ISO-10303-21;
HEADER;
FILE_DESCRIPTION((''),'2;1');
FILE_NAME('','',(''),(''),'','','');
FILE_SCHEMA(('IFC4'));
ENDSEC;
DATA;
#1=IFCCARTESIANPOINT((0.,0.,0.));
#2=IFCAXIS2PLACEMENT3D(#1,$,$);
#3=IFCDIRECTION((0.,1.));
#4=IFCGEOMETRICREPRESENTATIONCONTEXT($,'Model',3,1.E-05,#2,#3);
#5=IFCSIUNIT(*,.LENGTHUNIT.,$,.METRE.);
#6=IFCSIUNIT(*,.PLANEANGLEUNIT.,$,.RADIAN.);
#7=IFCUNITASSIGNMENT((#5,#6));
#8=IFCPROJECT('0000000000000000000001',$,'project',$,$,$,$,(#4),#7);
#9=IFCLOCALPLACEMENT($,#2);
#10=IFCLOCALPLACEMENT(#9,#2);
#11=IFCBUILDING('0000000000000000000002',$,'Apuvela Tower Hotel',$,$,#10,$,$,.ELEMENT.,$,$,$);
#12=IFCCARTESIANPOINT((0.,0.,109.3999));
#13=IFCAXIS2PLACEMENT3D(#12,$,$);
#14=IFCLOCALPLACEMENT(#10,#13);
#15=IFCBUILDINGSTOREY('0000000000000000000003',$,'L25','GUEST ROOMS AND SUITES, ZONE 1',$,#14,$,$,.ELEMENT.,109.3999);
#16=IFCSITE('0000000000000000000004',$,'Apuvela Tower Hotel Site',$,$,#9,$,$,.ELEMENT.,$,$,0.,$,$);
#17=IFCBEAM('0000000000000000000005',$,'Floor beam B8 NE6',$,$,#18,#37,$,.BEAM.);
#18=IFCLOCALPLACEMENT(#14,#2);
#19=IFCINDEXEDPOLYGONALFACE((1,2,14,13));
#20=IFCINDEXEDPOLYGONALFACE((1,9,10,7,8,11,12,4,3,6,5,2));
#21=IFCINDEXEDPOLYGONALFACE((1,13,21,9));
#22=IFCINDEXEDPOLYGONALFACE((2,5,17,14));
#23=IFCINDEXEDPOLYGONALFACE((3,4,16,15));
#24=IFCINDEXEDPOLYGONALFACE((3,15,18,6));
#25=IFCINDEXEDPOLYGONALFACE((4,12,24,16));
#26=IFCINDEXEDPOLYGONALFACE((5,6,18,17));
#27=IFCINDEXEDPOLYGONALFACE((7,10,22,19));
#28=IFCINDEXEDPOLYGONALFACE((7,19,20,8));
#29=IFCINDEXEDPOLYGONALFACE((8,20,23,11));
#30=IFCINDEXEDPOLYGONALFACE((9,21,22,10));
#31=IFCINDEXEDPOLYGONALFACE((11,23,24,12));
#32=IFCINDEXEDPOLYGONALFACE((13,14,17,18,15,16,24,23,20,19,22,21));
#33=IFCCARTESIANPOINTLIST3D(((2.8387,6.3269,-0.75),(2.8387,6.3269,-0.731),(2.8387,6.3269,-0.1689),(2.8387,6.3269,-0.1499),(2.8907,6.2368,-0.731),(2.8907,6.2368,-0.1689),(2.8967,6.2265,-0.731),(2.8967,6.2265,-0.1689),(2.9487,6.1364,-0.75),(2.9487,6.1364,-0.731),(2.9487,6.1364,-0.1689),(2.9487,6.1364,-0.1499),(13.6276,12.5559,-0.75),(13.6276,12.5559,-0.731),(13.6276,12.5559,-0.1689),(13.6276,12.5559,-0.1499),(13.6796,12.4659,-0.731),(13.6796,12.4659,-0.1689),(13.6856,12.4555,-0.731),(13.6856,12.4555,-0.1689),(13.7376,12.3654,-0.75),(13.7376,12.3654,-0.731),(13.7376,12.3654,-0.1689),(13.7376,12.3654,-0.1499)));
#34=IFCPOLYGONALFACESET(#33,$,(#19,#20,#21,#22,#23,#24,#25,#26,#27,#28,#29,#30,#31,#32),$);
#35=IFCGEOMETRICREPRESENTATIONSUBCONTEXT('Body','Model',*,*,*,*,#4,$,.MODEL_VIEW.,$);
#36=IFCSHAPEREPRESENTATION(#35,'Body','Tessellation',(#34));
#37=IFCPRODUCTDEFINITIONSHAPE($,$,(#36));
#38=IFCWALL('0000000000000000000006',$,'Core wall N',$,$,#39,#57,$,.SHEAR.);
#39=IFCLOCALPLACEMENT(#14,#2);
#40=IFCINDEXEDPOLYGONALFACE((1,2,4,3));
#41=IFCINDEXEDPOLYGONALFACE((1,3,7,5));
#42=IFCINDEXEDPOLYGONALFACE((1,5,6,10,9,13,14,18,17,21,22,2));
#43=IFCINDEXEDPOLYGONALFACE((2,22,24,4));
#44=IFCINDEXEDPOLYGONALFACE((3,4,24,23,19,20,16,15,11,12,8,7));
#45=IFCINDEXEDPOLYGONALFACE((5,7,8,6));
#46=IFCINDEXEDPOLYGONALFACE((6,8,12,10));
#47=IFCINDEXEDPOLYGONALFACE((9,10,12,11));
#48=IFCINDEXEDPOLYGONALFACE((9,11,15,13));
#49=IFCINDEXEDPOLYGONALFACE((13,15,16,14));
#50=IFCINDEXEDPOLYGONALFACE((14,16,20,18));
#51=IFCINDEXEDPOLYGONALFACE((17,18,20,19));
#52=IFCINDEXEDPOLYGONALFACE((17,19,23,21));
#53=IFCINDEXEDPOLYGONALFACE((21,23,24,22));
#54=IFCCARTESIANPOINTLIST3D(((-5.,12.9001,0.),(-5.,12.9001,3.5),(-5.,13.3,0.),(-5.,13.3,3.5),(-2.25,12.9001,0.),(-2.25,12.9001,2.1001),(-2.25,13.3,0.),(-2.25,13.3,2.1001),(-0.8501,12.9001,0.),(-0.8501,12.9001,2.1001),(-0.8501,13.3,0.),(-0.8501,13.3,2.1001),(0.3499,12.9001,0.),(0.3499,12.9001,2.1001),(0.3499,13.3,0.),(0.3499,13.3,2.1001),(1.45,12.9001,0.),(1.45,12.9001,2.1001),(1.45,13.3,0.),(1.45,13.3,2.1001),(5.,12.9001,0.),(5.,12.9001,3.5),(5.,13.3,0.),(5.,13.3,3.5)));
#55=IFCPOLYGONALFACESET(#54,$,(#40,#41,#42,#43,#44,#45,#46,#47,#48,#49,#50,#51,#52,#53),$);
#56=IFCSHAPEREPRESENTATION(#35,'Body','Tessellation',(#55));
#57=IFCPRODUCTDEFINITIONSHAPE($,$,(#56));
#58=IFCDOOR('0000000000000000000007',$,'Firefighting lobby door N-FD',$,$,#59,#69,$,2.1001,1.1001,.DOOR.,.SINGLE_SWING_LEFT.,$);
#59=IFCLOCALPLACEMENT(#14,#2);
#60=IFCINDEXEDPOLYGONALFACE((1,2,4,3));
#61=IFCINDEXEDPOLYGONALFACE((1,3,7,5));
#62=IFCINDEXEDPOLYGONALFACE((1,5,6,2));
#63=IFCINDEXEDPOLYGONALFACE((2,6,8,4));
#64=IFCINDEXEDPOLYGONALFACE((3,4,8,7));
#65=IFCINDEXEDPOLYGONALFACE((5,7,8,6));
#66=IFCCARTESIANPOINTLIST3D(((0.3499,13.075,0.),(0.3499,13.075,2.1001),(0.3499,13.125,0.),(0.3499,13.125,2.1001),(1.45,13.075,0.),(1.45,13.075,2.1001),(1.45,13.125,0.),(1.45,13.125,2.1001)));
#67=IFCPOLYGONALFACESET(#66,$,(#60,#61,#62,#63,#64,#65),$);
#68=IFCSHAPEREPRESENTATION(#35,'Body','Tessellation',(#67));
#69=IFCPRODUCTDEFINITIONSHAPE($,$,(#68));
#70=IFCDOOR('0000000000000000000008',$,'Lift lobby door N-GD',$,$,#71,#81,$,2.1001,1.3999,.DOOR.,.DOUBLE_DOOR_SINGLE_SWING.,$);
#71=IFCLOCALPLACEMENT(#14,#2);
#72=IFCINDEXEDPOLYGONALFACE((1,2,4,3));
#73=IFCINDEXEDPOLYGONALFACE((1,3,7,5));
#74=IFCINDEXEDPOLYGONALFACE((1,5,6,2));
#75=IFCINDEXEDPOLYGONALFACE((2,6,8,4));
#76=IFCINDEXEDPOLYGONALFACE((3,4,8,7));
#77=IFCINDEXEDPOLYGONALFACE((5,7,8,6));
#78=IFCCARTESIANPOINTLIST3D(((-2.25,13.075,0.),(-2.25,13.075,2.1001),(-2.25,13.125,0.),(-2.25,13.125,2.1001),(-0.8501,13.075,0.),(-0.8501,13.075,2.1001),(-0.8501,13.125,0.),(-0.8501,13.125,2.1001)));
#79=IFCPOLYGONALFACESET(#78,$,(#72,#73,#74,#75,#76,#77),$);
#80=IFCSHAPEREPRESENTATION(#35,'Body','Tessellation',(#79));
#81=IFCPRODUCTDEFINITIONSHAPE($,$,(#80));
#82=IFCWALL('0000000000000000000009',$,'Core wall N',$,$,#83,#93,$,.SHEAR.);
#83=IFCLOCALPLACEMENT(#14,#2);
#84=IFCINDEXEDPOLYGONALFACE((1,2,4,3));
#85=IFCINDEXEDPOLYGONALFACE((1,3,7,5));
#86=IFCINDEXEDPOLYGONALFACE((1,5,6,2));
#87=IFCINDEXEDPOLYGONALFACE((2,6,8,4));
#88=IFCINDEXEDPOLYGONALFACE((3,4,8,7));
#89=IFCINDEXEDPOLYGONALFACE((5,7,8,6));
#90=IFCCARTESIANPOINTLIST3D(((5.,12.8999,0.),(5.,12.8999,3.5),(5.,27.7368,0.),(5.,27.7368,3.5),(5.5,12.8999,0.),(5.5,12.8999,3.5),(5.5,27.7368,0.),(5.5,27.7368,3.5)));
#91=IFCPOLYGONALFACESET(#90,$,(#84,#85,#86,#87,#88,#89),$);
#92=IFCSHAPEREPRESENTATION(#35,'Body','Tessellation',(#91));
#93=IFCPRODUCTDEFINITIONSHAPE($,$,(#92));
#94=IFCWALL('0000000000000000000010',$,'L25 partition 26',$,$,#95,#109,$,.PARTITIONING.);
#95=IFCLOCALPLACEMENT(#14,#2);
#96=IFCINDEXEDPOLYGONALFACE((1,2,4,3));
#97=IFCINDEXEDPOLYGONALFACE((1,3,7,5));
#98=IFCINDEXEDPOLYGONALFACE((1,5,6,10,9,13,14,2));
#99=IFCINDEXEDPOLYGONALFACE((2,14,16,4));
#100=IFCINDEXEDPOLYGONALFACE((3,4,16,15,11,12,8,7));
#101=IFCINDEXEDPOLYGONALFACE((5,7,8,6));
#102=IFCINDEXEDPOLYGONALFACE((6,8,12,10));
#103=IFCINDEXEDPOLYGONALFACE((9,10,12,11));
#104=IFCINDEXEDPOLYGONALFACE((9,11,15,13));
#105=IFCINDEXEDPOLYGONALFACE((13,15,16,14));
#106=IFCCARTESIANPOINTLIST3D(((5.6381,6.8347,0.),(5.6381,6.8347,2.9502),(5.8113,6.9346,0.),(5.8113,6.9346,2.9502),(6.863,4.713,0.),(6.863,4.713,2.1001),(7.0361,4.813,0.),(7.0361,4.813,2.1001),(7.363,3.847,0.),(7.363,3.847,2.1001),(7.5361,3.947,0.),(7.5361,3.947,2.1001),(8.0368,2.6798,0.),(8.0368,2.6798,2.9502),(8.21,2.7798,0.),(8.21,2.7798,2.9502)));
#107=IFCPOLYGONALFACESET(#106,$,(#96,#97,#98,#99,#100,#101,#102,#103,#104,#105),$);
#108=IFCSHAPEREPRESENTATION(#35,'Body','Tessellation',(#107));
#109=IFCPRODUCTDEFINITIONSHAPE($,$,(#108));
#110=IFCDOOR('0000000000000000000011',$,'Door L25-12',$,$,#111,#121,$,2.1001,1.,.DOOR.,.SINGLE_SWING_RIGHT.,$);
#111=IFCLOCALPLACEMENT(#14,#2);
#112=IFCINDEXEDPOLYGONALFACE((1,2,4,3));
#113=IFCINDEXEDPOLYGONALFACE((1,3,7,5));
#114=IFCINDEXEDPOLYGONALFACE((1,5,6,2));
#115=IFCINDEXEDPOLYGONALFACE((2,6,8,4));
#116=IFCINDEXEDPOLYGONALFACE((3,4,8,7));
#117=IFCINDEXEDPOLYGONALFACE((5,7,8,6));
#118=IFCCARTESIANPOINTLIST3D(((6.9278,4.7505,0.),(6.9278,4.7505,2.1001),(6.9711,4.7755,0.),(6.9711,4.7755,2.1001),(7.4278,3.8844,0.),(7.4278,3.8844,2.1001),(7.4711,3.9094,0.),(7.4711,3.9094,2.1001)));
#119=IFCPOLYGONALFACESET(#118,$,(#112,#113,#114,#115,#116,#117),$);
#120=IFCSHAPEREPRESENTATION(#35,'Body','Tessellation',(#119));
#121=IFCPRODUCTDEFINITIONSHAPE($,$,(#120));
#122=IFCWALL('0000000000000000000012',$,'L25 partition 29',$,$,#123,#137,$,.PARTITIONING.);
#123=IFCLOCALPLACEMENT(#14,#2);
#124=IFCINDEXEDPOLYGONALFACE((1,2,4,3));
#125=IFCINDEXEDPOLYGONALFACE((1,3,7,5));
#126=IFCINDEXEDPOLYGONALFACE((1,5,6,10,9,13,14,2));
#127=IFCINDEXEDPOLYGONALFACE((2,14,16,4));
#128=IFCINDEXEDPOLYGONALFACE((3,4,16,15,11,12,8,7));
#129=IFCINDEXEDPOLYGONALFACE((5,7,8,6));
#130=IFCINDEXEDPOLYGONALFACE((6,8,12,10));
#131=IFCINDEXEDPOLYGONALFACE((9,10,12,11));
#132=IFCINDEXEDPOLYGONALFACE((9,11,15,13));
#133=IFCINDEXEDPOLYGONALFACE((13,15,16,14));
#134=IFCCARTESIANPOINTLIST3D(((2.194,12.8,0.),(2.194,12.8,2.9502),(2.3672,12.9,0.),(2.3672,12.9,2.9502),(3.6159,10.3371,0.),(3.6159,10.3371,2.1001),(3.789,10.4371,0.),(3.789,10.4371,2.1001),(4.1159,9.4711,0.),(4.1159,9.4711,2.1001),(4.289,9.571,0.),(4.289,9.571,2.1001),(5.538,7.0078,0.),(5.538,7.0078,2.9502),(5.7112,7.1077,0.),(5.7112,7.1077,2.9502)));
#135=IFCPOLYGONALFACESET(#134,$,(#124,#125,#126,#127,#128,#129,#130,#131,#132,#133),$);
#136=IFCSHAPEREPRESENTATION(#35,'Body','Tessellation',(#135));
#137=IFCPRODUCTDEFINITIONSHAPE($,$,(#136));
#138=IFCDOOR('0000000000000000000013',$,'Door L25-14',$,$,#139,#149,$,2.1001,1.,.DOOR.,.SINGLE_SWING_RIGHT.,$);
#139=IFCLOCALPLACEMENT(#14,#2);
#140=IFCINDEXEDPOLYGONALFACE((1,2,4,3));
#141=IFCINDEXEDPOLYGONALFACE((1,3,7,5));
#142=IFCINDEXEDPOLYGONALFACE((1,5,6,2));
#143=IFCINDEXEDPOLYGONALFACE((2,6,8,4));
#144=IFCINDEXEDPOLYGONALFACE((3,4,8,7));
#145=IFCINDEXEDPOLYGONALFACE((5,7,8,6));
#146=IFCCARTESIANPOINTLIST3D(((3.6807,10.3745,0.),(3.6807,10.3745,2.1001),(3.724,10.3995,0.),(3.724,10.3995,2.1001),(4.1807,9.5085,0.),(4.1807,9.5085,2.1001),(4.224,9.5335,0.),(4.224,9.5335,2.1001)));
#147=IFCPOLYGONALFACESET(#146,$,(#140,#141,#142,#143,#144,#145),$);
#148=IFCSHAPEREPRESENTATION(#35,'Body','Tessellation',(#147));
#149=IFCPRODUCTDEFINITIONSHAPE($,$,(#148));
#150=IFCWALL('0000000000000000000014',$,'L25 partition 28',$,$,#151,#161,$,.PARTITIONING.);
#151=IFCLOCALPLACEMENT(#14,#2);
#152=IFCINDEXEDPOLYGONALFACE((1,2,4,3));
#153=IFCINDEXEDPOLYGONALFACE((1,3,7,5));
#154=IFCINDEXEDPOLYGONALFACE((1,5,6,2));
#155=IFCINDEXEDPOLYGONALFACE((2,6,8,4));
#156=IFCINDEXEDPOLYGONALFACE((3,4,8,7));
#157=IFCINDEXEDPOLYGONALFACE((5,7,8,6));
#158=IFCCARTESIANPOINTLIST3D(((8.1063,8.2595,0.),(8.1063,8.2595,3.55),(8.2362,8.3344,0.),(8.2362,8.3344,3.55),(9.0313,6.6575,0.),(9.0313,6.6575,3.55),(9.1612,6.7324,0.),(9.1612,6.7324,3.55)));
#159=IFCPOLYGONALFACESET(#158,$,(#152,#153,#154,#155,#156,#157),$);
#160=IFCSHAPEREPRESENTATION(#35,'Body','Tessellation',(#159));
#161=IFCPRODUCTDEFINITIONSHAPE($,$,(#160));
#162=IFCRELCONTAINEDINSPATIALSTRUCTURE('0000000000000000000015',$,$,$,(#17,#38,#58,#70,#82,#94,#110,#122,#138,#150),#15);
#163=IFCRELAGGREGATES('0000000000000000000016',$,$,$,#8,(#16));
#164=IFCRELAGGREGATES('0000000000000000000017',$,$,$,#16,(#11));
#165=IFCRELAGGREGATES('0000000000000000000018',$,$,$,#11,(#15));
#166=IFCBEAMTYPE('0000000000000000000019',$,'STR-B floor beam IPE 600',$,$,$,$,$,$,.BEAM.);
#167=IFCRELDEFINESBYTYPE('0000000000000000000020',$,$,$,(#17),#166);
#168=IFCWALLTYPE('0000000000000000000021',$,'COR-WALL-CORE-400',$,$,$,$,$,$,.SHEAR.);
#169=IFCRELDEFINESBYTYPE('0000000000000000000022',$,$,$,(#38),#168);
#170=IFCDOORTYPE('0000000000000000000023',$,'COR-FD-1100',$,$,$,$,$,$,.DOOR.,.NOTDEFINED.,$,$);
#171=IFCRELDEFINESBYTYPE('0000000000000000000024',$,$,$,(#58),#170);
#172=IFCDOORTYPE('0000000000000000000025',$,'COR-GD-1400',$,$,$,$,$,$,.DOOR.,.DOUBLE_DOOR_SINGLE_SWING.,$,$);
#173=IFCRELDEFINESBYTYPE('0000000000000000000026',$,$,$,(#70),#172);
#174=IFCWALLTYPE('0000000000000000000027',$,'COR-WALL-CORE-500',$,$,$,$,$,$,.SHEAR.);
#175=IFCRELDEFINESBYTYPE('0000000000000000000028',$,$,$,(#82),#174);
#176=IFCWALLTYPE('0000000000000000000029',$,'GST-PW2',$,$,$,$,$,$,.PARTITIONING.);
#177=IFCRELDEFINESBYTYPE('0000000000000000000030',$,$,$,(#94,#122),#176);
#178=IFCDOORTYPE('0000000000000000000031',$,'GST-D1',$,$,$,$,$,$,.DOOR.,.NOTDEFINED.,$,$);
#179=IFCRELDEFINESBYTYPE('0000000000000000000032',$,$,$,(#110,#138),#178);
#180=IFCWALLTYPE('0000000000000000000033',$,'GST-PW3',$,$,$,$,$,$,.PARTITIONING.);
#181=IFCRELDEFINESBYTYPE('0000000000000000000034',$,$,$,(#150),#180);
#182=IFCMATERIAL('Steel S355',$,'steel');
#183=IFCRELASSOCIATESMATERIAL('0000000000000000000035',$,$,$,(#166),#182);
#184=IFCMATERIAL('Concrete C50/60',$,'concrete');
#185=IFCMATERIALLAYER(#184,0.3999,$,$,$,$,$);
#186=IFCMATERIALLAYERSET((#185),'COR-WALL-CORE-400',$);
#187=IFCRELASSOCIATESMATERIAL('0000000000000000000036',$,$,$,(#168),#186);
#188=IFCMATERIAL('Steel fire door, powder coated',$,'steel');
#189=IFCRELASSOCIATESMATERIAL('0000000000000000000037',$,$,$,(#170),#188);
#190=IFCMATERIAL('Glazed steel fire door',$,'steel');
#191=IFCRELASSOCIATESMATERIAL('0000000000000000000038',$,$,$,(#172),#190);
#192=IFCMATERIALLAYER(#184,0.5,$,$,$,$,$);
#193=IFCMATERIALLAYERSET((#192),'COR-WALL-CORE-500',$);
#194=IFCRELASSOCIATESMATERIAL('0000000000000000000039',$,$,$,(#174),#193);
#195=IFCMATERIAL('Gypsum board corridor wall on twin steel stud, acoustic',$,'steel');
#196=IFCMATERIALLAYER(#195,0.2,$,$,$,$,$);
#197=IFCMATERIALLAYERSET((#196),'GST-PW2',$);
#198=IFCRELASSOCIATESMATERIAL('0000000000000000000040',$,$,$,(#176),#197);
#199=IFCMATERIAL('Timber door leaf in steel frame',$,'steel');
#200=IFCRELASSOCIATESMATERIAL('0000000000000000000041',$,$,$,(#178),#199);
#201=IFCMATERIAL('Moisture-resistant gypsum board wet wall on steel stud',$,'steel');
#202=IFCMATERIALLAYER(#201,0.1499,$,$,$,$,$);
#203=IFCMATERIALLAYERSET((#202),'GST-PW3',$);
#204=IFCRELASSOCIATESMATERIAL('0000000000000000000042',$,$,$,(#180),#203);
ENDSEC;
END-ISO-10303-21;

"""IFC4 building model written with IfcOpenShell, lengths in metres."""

from ifc_helpers import new_model, si_unit, direction, frame, frame_2d, origin, origin_2d, place, context, subcontext, project, spatial, rectangle, i_section, extrude, material, layer, layer_set, material_profile, profile_set, type_object, element, fill, save


model = new_model("IFC4")

# Units and contexts
model_context = context("Model", 3, precision=1e-05, world=origin(), true_north=direction((0.0, 1.0)))
body_context = subcontext(model_context, "Body", "Model", "MODEL_VIEW")
ifc_project = project(units=[si_unit("LENGTHUNIT", "METRE"), si_unit("PLANEANGLEUNIT", "RADIAN")], contexts=[model_context])

# Site, building, storey
site_placement = place(None, origin())
site = spatial("IfcSite", under=ifc_project, at=site_placement, Name="Apuvela Tower Hotel Site", CompositionType="ELEMENT", RefElevation=0.0)
building_placement = place(site_placement, origin())
building = spatial("IfcBuilding", under=site, at=building_placement, Name="Apuvela Tower Hotel", CompositionType="ELEMENT")
storey_placement = place(building_placement, frame((0.0, 0.0, 109.3999)))
storey = spatial("IfcBuildingStorey", under=building, at=storey_placement, Name="L25", Description="GUEST ROOMS AND SUITES, ZONE 1", CompositionType="ELEMENT", Elevation=109.3999)

# Beam
ifc_material_1 = material(Name="Steel S355", Category="steel")
ifc_material_profile = material_profile(ifc_material_1, i_section(OverallWidth=0.22, OverallDepth=0.6001, WebThickness=0.012, FlangeThickness=0.019, at=origin_2d()), Name="IPE 600")
ifc_profile_set = profile_set([ifc_material_profile], Name="Steel S355")
beam_type = type_object("IfcBeamType", Name="STR-B floor beam IPE 600", PredefinedType="BEAM", material=ifc_profile_set)
beam_placement = place(storey_placement, frame((13.6826, 12.4607, -0.45), z_axis=(-0.866023, -0.500005, 0.0), x_axis=(0.500005, -0.866023, 0.0)))
element("IfcBeam", 1, at=beam_placement, inside=storey, type_object=beam_type, Name="Floor beam B8 NE6", PredefinedType="BEAM", context=body_context, shape_type="SweptSolid", body=[
    extrude(i_section(OverallWidth=0.22, OverallDepth=0.6001, WebThickness=0.012, FlangeThickness=0.019, at=origin_2d()), origin(), (0.0, 0.0, 1.0), 12.458),
])

# Wall, openings, doors
ifc_material_2 = material(Name="Concrete C50/60", Category="concrete")
ifc_layer_1 = layer(ifc_material_2, 0.3999)
ifc_layer_set_1 = layer_set([ifc_layer_1], Name="COR-WALL-CORE-400")
wall_type_1 = type_object("IfcWallType", Name="COR-WALL-CORE-400", PredefinedType="SHEAR", material=ifc_layer_set_1)
wall_1_placement = place(storey_placement, frame((5.0, 13.1001, 0.0), z_axis=(0.0, 0.0, 1.0), x_axis=(-1.0, 0.0, 0.0)))
wall_1 = element("IfcWall", 2, at=wall_1_placement, inside=storey, type_object=wall_type_1, Name="Core wall N", PredefinedType="SHEAR", context=body_context, shape_type="SweptSolid", body=[
    extrude(rectangle(XDim=10.0, YDim=0.3999, at=frame_2d((5.0, 0.0))), origin(), (0.0, 0.0, 1.0), 3.5),
])
opening_1_placement = place(wall_1_placement, frame((3.55, 0.0, 0.0)))
opening_1 = element("IfcOpeningElement", 3, at=opening_1_placement, cuts=wall_1, PredefinedType="OPENING", context=body_context, shape_type="SweptSolid", body=[
    extrude(rectangle(XDim=1.1001, YDim=2.1001, at=frame_2d((0.55, 1.05))), frame((0.0, 0.21, 0.0), z_axis=(0.0, -1.0, 0.0), x_axis=(1.0, 0.0, 0.0)), (0.0, 0.0, 1.0), 0.4199),
])
opening_2_placement = place(wall_1_placement, frame((5.8501, 0.0, 0.0)))
opening_2 = element("IfcOpeningElement", 4, at=opening_2_placement, cuts=wall_1, PredefinedType="OPENING", context=body_context, shape_type="SweptSolid", body=[
    extrude(rectangle(XDim=1.3999, YDim=2.1001, at=frame_2d((0.7, 1.05))), frame((0.0, 0.21, 0.0), z_axis=(0.0, -1.0, 0.0), x_axis=(1.0, 0.0, 0.0)), (0.0, 0.0, 1.0), 0.4199),
])
ifc_material_3 = material(Name="Steel fire door, powder coated", Category="steel")
door_type_1 = type_object("IfcDoorType", Name="COR-FD-1100", OperationType="NOTDEFINED", PredefinedType="DOOR", material=ifc_material_3)
door_1_placement = place(opening_1_placement, frame((1.1001, 0.0, 0.0), z_axis=(0.0, 0.0, 1.0), x_axis=(-1.0, 0.0, 0.0)))
door_1 = element("IfcDoor", 5, at=door_1_placement, inside=storey, type_object=door_type_1, Name="Firefighting lobby door N-FD", OperationType="SINGLE_SWING_LEFT", OverallHeight=2.1001, OverallWidth=1.1001, PredefinedType="DOOR", context=body_context, shape_type="SweptSolid", body=[
    extrude(rectangle(XDim=1.1001, YDim=2.1001, at=frame_2d((0.55, 1.05))), frame((0.0, 0.0249, 0.0), z_axis=(0.0, -1.0, 0.0), x_axis=(1.0, 0.0, 0.0)), (0.0, 0.0, 1.0), 0.05),
])
fill(opening_1, door_1)
ifc_material_4 = material(Name="Glazed steel fire door", Category="steel")
door_type_2 = type_object("IfcDoorType", Name="COR-GD-1400", OperationType="DOUBLE_DOOR_SINGLE_SWING", PredefinedType="DOOR", material=ifc_material_4)
door_2_placement = place(opening_2_placement, frame((1.3999, 0.0, 0.0), z_axis=(0.0, 0.0, 1.0), x_axis=(-1.0, 0.0, 0.0)))
door_2 = element("IfcDoor", 6, at=door_2_placement, inside=storey, type_object=door_type_2, Name="Lift lobby door N-GD", OperationType="DOUBLE_DOOR_SINGLE_SWING", OverallHeight=2.1001, OverallWidth=1.3999, PredefinedType="DOOR", context=body_context, shape_type="SweptSolid", body=[
    extrude(rectangle(XDim=1.3999, YDim=2.1001, at=frame_2d((0.7, 1.05))), frame((0.0, 0.0249, 0.0), z_axis=(0.0, -1.0, 0.0), x_axis=(1.0, 0.0, 0.0)), (0.0, 0.0, 1.0), 0.05),
])
fill(opening_2, door_2)

# Wall
ifc_layer_2 = layer(ifc_material_2, 0.5)
ifc_layer_set_2 = layer_set([ifc_layer_2], Name="COR-WALL-CORE-500")
wall_type_2 = type_object("IfcWallType", Name="COR-WALL-CORE-500", PredefinedType="SHEAR", material=ifc_layer_set_2)
wall_2_placement = place(storey_placement, frame((5.25, 12.8999, 0.0), z_axis=(0.0, 0.0, 1.0), x_axis=(0.0, 1.0, 0.0)))
element("IfcWall", 7, at=wall_2_placement, inside=storey, type_object=wall_type_2, Name="Core wall N", PredefinedType="SHEAR", context=body_context, shape_type="SweptSolid", body=[
    extrude(rectangle(XDim=14.8369, YDim=0.5, at=frame_2d((7.4185, 0.0))), origin(), (0.0, 0.0, 1.0), 3.5),
])

# Walls, openings, doors
ifc_material_5 = material(Name="Gypsum board corridor wall on twin steel stud, acoustic", Category="steel")
ifc_layer_3 = layer(ifc_material_5, 0.2)
ifc_layer_set_3 = layer_set([ifc_layer_3], Name="GST-PW2")
wall_type_3 = type_object("IfcWallType", Name="GST-PW2", PredefinedType="PARTITIONING", material=ifc_layer_set_3)
wall_3_placement = place(storey_placement, frame((5.7246, 6.8848, 0.0), z_axis=(0.0, 0.0, 1.0), x_axis=(0.499987, -0.866033, 0.0)))
wall_3 = element("IfcWall", 8, at=wall_3_placement, inside=storey, type_object=wall_type_3, Name="L25 partition 26", PredefinedType="PARTITIONING", context=body_context, shape_type="SweptSolid", body=[
    extrude(rectangle(XDim=4.7976, YDim=0.2, at=frame_2d((2.3989, 0.0))), origin(), (0.0, 0.0, 1.0), 2.9502),
])
opening_3_placement = place(wall_3_placement, frame((2.45, 0.0, 0.0)))
opening_3 = element("IfcOpeningElement", 9, at=opening_3_placement, cuts=wall_3, PredefinedType="OPENING", context=body_context, shape_type="SweptSolid", body=[
    extrude(rectangle(XDim=1.0, YDim=2.1001, at=frame_2d((0.5, 1.05))), frame((0.0, 0.1099, 0.0), z_axis=(0.0, -1.0, 0.0), x_axis=(1.0, 0.0, 0.0)), (0.0, 0.0, 1.0), 0.22),
])
ifc_material_6 = material(Name="Timber door leaf in steel frame", Category="steel")
door_type_3 = type_object("IfcDoorType", Name="GST-D1", OperationType="NOTDEFINED", PredefinedType="DOOR", material=ifc_material_6)
door_3_placement = place(opening_3_placement, origin())
door_3 = element("IfcDoor", 10, at=door_3_placement, inside=storey, type_object=door_type_3, Name="Door L25-12", OperationType="SINGLE_SWING_RIGHT", OverallHeight=2.1001, OverallWidth=1.0, PredefinedType="DOOR", context=body_context, shape_type="SweptSolid", body=[
    extrude(rectangle(XDim=1.0, YDim=2.1001, at=frame_2d((0.5, 1.05))), frame((0.0, 0.0249, 0.0), z_axis=(0.0, -1.0, 0.0), x_axis=(1.0, 0.0, 0.0)), (0.0, 0.0, 1.0), 0.05),
])
fill(opening_3, door_3)
wall_4_placement = place(storey_placement, frame((2.2805, 12.8501, 0.0), z_axis=(0.0, 0.0, 1.0), x_axis=(0.499983, -0.866035, 0.0)))
wall_4 = element("IfcWall", 11, at=wall_4_placement, inside=storey, type_object=wall_type_3, Name="L25 partition 29", PredefinedType="PARTITIONING", context=body_context, shape_type="SweptSolid", body=[
    extrude(rectangle(XDim=6.6882, YDim=0.2, at=frame_2d((3.3442, 0.0))), origin(), (0.0, 0.0, 1.0), 2.9502),
])
opening_4_placement = place(wall_4_placement, frame((2.844, 0.0, 0.0)))
opening_4 = element("IfcOpeningElement", 12, at=opening_4_placement, cuts=wall_4, PredefinedType="OPENING", context=body_context, shape_type="SweptSolid", body=[
    extrude(rectangle(XDim=1.0, YDim=2.1001, at=frame_2d((0.5, 1.05))), frame((0.0, 0.1099, 0.0), z_axis=(0.0, -1.0, 0.0), x_axis=(1.0, 0.0, 0.0)), (0.0, 0.0, 1.0), 0.22),
])
door_4_placement = place(opening_4_placement, origin())
door_4 = element("IfcDoor", 13, at=door_4_placement, inside=storey, type_object=door_type_3, Name="Door L25-14", OperationType="SINGLE_SWING_RIGHT", OverallHeight=2.1001, OverallWidth=1.0, PredefinedType="DOOR", context=body_context, shape_type="SweptSolid", body=[
    extrude(rectangle(XDim=1.0, YDim=2.1001, at=frame_2d((0.5, 1.05))), frame((0.0, 0.0249, 0.0), z_axis=(0.0, -1.0, 0.0), x_axis=(1.0, 0.0, 0.0)), (0.0, 0.0, 1.0), 0.05),
])
fill(opening_4, door_4)

# Wall
ifc_material_7 = material(Name="Moisture-resistant gypsum board wet wall on steel stud", Category="steel")
ifc_layer_4 = layer(ifc_material_7, 0.1499)
ifc_layer_set_4 = layer_set([ifc_layer_4], Name="GST-PW3")
wall_type_4 = type_object("IfcWallType", Name="GST-PW3", PredefinedType="PARTITIONING", material=ifc_layer_set_4)
wall_5_placement = place(storey_placement, frame((9.0962, 6.6951, 0.0), z_axis=(0.0, 0.0, 1.0), x_axis=(-0.500042, 0.866001, 0.0)))
element("IfcWall", 14, at=wall_5_placement, inside=storey, type_object=wall_type_4, Name="L25 partition 28", PredefinedType="PARTITIONING", context=body_context, shape_type="SweptSolid", body=[
    extrude(rectangle(XDim=1.8499, YDim=0.1499, at=frame_2d((0.9248, 0.0))), origin(), (0.0, 0.0, 1.0), 3.55),
])

save(model, "model.ifc")
